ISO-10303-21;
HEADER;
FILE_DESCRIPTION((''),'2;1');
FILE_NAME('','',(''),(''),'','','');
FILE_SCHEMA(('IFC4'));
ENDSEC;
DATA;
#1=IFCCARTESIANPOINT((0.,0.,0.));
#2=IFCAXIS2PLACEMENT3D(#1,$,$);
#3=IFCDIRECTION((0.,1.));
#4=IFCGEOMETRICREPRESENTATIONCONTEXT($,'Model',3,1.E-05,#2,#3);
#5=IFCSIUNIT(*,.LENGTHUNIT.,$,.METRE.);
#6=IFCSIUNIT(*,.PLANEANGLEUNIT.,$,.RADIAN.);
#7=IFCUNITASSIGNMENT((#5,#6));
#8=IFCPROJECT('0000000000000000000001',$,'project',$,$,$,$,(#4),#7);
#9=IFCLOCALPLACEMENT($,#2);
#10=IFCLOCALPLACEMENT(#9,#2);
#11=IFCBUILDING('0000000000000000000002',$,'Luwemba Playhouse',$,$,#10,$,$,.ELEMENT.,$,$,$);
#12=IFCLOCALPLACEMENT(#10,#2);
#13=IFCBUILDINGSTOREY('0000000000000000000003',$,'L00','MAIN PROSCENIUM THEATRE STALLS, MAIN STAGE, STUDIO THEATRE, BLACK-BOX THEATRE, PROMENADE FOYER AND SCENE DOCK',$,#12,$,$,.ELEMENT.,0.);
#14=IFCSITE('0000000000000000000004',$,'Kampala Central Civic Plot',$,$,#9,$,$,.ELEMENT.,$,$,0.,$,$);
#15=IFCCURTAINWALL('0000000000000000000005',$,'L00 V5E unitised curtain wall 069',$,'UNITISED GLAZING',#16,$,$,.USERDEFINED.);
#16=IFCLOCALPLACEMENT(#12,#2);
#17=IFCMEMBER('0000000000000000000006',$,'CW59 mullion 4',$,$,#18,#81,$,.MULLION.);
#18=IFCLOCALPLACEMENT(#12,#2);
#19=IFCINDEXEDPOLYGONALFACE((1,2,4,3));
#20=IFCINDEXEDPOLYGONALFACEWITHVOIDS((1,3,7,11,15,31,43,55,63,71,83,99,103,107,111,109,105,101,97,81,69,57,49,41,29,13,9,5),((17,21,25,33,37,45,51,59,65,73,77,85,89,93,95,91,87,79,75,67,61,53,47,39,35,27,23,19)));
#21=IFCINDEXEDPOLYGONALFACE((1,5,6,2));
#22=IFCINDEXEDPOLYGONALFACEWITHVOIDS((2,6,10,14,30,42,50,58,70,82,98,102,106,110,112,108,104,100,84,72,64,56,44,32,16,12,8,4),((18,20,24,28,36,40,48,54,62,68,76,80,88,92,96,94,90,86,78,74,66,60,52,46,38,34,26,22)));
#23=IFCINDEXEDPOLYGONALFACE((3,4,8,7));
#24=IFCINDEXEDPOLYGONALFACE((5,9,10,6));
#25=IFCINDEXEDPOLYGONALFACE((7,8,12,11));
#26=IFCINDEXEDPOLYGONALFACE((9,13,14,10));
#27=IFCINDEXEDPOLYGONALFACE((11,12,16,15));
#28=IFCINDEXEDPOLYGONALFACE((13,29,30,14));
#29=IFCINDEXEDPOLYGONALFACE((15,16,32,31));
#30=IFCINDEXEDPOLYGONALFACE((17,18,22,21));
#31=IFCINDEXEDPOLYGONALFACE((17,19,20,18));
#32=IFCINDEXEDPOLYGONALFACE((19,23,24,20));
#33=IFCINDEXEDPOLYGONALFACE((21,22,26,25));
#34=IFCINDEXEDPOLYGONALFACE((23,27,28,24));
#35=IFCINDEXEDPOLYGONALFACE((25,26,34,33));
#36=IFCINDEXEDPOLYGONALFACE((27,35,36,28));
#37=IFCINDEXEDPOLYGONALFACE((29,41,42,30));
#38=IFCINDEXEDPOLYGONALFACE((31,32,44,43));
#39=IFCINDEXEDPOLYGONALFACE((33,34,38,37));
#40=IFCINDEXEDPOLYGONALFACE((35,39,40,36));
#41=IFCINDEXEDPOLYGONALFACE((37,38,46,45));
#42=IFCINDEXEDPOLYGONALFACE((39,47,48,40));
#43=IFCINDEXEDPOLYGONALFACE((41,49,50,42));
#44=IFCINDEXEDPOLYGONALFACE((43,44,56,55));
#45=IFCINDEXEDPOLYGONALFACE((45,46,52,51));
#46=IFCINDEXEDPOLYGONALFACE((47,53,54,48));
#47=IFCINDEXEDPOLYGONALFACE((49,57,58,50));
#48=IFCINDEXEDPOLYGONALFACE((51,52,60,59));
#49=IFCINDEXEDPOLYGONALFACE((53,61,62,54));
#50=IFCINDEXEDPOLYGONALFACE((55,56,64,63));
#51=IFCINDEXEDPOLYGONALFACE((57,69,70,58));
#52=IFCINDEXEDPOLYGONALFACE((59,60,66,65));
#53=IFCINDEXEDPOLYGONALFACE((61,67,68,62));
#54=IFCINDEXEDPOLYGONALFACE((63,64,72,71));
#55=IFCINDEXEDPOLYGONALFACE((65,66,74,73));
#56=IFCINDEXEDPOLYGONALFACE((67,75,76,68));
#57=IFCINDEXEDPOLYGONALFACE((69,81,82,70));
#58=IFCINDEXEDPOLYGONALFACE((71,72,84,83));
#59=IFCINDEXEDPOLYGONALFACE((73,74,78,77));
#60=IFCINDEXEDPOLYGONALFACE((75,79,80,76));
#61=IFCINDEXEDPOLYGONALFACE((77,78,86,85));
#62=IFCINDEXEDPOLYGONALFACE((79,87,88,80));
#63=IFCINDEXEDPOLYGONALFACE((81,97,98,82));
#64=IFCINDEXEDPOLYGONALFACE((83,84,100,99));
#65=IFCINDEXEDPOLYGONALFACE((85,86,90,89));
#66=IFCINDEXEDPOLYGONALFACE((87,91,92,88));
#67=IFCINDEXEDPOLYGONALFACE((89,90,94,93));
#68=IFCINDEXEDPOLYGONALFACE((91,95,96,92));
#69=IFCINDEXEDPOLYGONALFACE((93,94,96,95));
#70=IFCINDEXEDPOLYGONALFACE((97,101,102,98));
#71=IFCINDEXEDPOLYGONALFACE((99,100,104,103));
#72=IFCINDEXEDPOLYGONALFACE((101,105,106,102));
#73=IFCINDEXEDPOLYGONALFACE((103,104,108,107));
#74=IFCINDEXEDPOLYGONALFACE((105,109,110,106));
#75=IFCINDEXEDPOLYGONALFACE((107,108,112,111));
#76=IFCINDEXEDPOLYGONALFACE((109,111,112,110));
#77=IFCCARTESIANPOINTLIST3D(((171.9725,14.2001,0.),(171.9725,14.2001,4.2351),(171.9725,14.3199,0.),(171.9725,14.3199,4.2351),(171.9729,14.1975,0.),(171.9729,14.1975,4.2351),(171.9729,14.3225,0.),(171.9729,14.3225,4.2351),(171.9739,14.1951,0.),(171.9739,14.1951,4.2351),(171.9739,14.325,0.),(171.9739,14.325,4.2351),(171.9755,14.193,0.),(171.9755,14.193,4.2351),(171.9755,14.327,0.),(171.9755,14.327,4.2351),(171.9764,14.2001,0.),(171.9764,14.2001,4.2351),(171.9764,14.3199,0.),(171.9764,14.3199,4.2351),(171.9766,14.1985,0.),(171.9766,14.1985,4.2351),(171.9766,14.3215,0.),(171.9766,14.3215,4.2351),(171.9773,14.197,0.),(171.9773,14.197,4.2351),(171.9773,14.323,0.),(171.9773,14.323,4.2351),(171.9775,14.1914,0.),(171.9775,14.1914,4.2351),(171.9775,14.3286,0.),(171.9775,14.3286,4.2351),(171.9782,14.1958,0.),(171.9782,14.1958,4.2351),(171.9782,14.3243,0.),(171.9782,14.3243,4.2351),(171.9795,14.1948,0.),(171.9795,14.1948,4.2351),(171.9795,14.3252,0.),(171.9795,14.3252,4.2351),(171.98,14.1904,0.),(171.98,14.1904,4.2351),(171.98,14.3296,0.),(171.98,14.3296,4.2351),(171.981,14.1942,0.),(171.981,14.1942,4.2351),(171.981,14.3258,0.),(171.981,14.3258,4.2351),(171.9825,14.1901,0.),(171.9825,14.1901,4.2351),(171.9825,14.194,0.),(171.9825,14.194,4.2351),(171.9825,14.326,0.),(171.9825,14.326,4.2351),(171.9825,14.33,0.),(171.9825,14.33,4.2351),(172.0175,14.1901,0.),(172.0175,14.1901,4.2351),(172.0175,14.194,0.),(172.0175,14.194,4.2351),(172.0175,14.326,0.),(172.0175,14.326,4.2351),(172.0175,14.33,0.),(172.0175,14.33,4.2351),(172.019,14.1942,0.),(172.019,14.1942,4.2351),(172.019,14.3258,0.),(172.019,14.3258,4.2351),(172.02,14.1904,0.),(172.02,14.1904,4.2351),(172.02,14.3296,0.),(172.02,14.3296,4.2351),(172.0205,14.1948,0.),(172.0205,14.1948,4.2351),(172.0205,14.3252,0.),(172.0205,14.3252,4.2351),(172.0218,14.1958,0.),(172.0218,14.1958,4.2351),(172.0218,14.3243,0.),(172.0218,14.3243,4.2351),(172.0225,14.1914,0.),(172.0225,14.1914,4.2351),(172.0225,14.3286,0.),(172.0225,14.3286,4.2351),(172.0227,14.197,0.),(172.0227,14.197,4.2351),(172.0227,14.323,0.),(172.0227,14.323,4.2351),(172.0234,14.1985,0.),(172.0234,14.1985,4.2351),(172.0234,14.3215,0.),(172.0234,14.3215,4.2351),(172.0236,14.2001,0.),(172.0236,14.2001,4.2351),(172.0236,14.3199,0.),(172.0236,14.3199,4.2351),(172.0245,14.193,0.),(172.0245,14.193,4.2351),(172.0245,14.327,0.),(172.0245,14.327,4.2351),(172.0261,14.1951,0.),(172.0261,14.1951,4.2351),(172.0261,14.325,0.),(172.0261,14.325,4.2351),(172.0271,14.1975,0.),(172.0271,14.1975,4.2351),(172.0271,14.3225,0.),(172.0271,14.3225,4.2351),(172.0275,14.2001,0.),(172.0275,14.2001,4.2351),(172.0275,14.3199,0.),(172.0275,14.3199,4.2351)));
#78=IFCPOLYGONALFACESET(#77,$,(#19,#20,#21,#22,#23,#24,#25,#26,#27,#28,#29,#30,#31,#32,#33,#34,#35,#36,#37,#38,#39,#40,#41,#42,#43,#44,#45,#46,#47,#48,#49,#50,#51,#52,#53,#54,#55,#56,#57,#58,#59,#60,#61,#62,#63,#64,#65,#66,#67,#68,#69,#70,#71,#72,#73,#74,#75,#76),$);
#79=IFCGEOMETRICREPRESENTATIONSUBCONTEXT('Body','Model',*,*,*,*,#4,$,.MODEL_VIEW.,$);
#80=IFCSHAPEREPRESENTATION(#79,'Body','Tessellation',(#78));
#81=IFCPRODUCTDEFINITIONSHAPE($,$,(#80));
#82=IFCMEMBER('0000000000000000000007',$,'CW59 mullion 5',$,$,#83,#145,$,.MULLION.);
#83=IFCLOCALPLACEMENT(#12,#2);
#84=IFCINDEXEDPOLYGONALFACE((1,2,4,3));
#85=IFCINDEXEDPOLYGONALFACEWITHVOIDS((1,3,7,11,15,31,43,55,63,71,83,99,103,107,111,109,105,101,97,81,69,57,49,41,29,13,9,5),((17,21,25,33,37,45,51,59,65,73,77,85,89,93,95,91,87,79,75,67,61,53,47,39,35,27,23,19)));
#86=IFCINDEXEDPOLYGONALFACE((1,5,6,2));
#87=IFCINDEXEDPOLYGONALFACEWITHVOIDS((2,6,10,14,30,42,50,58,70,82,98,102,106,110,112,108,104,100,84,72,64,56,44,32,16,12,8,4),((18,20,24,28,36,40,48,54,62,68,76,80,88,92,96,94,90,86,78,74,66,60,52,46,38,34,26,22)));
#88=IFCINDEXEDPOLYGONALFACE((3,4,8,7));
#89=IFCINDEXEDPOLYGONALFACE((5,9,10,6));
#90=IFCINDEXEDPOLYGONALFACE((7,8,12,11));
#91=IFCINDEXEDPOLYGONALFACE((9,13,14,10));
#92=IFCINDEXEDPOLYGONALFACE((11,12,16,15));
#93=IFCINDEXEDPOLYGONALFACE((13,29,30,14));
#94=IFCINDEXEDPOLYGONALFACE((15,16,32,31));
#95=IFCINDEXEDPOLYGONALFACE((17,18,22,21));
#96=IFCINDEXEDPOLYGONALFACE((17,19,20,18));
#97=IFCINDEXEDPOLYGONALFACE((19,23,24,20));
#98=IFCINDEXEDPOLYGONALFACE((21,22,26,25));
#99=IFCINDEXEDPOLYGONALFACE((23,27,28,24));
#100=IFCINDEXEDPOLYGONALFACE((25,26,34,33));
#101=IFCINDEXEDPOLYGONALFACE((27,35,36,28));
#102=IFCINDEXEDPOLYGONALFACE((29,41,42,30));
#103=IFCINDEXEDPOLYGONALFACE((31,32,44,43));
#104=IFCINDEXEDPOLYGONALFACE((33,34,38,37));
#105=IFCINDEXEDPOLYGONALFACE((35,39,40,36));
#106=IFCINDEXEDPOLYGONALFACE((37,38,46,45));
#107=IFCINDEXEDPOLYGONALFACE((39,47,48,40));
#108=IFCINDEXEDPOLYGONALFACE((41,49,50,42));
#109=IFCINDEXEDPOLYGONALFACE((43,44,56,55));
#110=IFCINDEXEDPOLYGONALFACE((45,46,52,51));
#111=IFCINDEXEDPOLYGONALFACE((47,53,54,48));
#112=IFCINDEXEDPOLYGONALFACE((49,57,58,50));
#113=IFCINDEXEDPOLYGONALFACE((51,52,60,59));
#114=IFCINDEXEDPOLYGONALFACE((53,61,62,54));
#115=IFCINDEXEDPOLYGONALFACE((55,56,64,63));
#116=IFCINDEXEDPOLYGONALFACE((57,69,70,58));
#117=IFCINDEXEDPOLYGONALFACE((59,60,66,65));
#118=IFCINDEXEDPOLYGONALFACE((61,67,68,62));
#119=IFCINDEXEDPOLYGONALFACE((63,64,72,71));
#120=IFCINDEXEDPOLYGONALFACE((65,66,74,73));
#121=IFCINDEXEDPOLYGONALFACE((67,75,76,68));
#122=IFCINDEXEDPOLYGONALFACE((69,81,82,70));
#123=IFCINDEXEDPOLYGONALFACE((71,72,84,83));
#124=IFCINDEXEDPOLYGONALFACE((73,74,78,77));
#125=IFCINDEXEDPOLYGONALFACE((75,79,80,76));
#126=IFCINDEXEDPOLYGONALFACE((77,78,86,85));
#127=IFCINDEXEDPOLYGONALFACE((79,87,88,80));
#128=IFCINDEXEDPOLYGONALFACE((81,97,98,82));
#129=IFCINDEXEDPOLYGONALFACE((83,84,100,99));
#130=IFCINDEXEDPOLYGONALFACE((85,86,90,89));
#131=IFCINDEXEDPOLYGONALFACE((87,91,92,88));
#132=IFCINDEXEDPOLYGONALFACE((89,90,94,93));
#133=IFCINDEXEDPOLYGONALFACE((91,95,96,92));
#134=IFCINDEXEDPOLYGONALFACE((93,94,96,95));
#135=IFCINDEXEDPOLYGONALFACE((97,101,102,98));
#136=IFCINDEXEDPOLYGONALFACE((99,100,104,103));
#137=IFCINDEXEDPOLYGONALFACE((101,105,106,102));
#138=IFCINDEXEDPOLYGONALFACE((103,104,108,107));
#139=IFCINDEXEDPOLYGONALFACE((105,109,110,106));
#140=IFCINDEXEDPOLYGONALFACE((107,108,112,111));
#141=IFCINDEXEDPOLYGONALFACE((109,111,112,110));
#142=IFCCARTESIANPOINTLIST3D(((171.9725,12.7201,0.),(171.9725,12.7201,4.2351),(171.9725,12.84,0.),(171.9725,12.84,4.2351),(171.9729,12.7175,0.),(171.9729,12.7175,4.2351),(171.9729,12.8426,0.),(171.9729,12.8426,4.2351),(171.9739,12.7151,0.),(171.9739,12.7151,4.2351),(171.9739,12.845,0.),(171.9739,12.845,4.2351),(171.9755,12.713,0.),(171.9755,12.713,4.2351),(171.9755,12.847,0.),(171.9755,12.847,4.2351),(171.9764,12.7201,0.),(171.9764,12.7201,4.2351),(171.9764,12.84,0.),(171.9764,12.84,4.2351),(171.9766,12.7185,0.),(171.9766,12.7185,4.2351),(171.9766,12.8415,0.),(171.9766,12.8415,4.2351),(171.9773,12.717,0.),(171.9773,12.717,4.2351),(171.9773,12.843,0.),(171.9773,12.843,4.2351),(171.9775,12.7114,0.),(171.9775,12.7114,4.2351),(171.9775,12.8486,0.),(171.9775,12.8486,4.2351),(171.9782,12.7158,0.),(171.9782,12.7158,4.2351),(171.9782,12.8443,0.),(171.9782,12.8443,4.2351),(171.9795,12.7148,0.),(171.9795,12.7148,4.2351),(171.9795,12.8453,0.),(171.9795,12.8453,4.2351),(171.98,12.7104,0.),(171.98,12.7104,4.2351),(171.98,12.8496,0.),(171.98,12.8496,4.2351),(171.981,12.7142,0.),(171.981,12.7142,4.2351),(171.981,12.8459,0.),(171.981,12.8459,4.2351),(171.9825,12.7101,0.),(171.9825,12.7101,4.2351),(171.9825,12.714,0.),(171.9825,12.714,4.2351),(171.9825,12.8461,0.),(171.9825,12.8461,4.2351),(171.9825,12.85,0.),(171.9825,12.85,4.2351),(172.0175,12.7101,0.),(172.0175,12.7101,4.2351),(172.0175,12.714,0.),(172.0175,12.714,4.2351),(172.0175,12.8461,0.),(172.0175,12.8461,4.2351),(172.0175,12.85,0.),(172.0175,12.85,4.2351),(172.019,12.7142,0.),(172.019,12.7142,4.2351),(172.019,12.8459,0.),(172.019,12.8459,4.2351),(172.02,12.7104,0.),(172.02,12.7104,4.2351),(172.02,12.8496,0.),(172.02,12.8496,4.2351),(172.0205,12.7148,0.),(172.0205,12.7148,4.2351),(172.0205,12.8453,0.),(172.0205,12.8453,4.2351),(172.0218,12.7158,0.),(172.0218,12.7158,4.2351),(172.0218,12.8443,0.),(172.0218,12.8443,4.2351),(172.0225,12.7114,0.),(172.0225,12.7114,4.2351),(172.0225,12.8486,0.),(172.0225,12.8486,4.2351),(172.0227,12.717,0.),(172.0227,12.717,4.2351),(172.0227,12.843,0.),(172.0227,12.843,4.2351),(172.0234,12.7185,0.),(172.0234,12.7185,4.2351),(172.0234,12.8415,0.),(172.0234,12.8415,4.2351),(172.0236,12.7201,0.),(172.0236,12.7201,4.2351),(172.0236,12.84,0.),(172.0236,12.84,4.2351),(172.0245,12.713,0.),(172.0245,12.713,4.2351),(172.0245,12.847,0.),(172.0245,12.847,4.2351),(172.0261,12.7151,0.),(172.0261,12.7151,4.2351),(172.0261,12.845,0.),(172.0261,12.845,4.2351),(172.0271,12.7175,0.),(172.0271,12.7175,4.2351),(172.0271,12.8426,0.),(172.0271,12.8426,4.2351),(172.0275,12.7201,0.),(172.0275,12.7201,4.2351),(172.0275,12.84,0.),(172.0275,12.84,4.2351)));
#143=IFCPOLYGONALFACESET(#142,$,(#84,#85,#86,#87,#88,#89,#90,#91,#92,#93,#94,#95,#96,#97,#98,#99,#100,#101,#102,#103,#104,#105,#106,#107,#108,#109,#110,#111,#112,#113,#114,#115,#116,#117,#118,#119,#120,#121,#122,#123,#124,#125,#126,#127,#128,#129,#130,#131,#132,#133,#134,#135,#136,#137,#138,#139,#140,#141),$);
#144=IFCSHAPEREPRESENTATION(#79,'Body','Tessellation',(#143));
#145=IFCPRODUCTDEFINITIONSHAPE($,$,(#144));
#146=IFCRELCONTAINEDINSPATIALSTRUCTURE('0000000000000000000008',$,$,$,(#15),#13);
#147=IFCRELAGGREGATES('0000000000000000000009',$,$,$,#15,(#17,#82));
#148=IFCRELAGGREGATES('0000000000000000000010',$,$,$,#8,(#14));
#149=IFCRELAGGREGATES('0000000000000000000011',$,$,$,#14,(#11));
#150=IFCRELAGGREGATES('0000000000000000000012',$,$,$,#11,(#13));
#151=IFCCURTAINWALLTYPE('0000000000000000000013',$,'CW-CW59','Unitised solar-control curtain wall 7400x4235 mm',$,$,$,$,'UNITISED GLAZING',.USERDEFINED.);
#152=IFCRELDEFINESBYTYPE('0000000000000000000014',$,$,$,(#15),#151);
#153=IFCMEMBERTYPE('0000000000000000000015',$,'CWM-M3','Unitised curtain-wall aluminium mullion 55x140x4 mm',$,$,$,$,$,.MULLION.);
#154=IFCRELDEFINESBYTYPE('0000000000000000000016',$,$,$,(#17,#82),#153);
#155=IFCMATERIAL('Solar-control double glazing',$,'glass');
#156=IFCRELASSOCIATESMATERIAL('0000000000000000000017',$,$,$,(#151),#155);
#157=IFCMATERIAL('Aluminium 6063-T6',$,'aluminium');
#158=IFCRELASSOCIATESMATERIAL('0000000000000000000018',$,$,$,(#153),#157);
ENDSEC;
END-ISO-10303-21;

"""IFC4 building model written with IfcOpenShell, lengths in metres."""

from ifc_helpers import new_model, si_unit, direction, frame, origin, origin_2d, place, context, subcontext, project, spatial, hollow_rectangle, extrude, material, material_profile, profile_set, type_object, element, aggregate, save


model = new_model("IFC4")

# Units and contexts
model_context = context("Model", 3, precision=1e-05, world=origin(), true_north=direction((0.0, 1.0)))
body_context = subcontext(model_context, "Body", "Model", "MODEL_VIEW")
ifc_project = project(units=[si_unit("LENGTHUNIT", "METRE"), si_unit("PLANEANGLEUNIT", "RADIAN")], contexts=[model_context])

# Site, building, storey
site_placement = place(None, origin())
site = spatial("IfcSite", under=ifc_project, at=site_placement, Name="Kampala Central Civic Plot", CompositionType="ELEMENT", RefElevation=0.0)
building_placement = place(site_placement, origin())
building = spatial("IfcBuilding", under=site, at=building_placement, Name="Luwemba Playhouse", CompositionType="ELEMENT")
storey_placement = place(building_placement, origin())
storey = spatial("IfcBuildingStorey", under=building, at=storey_placement, Name="L00", Description="MAIN PROSCENIUM THEATRE STALLS, MAIN STAGE, STUDIO THEATRE, BLACK-BOX THEATRE, PROMENADE FOYER AND SCENE DOCK", CompositionType="ELEMENT", Elevation=0.0)

# Curtain wall, members
ifc_material_1 = material(Name="Solar-control double glazing", Category="glass")
curtain_wall_type = type_object("IfcCurtainWallType", Name="CW-CW59", Description="Unitised solar-control curtain wall 7400x4235 mm", ElementType="UNITISED GLAZING", PredefinedType="USERDEFINED", material=ifc_material_1)
curtain_wall_placement = place(storey_placement, origin())
curtain_wall = element("IfcCurtainWall", 1, at=curtain_wall_placement, inside=storey, type_object=curtain_wall_type, Name="L00 V5E unitised curtain wall 069", ObjectType="UNITISED GLAZING", PredefinedType="USERDEFINED")
ifc_material_2 = material(Name="Aluminium 6063-T6", Category="aluminium")
ifc_material_profile_1 = material_profile(ifc_material_2, hollow_rectangle(XDim=0.0549, YDim=0.1399, WallThickness=0.0039, InnerFilletRadius=0.0061, OuterFilletRadius=0.01, at=origin_2d()))
ifc_profile_set_1 = profile_set([ifc_material_profile_1], Name="Aluminium 6063-T6")
member_type_1 = type_object("IfcMemberType", Name="CWM-M3", Description="Unitised curtain-wall aluminium mullion 55x140x4 mm", PredefinedType="MULLION", material=ifc_profile_set_1)
member_1_placement = place(storey_placement, frame((172.0, 14.26, 0.0), z_axis=(0.0, 0.0, 1.0), x_axis=(1.0, 0.0, 0.0)))
member_1 = element("IfcMember", 2, at=member_1_placement, type_object=member_type_1, Name="CW59 mullion 4", PredefinedType="MULLION", context=body_context, shape_type="SweptSolid", body=[
    extrude(hollow_rectangle(XDim=0.0549, YDim=0.1399, WallThickness=0.0039, InnerFilletRadius=0.0061, OuterFilletRadius=0.01, at=origin_2d()), origin(), (0.0, 0.0, 1.0), 4.2351),
])
member_2_placement = place(storey_placement, frame((172.0, 12.78, 0.0), z_axis=(0.0, 0.0, 1.0), x_axis=(1.0, 0.0, 0.0)))
member_2 = element("IfcMember", 3, at=member_2_placement, type_object=member_type_1, Name="CW59 mullion 5", PredefinedType="MULLION", context=body_context, shape_type="SweptSolid", body=[
    extrude(hollow_rectangle(XDim=0.0549, YDim=0.1399, WallThickness=0.0039, InnerFilletRadius=0.0061, OuterFilletRadius=0.01, at=origin_2d()), origin(), (0.0, 0.0, 1.0), 4.2351),
])
aggregate(curtain_wall, [member_1, member_2])

save(model, "model.ifc")
